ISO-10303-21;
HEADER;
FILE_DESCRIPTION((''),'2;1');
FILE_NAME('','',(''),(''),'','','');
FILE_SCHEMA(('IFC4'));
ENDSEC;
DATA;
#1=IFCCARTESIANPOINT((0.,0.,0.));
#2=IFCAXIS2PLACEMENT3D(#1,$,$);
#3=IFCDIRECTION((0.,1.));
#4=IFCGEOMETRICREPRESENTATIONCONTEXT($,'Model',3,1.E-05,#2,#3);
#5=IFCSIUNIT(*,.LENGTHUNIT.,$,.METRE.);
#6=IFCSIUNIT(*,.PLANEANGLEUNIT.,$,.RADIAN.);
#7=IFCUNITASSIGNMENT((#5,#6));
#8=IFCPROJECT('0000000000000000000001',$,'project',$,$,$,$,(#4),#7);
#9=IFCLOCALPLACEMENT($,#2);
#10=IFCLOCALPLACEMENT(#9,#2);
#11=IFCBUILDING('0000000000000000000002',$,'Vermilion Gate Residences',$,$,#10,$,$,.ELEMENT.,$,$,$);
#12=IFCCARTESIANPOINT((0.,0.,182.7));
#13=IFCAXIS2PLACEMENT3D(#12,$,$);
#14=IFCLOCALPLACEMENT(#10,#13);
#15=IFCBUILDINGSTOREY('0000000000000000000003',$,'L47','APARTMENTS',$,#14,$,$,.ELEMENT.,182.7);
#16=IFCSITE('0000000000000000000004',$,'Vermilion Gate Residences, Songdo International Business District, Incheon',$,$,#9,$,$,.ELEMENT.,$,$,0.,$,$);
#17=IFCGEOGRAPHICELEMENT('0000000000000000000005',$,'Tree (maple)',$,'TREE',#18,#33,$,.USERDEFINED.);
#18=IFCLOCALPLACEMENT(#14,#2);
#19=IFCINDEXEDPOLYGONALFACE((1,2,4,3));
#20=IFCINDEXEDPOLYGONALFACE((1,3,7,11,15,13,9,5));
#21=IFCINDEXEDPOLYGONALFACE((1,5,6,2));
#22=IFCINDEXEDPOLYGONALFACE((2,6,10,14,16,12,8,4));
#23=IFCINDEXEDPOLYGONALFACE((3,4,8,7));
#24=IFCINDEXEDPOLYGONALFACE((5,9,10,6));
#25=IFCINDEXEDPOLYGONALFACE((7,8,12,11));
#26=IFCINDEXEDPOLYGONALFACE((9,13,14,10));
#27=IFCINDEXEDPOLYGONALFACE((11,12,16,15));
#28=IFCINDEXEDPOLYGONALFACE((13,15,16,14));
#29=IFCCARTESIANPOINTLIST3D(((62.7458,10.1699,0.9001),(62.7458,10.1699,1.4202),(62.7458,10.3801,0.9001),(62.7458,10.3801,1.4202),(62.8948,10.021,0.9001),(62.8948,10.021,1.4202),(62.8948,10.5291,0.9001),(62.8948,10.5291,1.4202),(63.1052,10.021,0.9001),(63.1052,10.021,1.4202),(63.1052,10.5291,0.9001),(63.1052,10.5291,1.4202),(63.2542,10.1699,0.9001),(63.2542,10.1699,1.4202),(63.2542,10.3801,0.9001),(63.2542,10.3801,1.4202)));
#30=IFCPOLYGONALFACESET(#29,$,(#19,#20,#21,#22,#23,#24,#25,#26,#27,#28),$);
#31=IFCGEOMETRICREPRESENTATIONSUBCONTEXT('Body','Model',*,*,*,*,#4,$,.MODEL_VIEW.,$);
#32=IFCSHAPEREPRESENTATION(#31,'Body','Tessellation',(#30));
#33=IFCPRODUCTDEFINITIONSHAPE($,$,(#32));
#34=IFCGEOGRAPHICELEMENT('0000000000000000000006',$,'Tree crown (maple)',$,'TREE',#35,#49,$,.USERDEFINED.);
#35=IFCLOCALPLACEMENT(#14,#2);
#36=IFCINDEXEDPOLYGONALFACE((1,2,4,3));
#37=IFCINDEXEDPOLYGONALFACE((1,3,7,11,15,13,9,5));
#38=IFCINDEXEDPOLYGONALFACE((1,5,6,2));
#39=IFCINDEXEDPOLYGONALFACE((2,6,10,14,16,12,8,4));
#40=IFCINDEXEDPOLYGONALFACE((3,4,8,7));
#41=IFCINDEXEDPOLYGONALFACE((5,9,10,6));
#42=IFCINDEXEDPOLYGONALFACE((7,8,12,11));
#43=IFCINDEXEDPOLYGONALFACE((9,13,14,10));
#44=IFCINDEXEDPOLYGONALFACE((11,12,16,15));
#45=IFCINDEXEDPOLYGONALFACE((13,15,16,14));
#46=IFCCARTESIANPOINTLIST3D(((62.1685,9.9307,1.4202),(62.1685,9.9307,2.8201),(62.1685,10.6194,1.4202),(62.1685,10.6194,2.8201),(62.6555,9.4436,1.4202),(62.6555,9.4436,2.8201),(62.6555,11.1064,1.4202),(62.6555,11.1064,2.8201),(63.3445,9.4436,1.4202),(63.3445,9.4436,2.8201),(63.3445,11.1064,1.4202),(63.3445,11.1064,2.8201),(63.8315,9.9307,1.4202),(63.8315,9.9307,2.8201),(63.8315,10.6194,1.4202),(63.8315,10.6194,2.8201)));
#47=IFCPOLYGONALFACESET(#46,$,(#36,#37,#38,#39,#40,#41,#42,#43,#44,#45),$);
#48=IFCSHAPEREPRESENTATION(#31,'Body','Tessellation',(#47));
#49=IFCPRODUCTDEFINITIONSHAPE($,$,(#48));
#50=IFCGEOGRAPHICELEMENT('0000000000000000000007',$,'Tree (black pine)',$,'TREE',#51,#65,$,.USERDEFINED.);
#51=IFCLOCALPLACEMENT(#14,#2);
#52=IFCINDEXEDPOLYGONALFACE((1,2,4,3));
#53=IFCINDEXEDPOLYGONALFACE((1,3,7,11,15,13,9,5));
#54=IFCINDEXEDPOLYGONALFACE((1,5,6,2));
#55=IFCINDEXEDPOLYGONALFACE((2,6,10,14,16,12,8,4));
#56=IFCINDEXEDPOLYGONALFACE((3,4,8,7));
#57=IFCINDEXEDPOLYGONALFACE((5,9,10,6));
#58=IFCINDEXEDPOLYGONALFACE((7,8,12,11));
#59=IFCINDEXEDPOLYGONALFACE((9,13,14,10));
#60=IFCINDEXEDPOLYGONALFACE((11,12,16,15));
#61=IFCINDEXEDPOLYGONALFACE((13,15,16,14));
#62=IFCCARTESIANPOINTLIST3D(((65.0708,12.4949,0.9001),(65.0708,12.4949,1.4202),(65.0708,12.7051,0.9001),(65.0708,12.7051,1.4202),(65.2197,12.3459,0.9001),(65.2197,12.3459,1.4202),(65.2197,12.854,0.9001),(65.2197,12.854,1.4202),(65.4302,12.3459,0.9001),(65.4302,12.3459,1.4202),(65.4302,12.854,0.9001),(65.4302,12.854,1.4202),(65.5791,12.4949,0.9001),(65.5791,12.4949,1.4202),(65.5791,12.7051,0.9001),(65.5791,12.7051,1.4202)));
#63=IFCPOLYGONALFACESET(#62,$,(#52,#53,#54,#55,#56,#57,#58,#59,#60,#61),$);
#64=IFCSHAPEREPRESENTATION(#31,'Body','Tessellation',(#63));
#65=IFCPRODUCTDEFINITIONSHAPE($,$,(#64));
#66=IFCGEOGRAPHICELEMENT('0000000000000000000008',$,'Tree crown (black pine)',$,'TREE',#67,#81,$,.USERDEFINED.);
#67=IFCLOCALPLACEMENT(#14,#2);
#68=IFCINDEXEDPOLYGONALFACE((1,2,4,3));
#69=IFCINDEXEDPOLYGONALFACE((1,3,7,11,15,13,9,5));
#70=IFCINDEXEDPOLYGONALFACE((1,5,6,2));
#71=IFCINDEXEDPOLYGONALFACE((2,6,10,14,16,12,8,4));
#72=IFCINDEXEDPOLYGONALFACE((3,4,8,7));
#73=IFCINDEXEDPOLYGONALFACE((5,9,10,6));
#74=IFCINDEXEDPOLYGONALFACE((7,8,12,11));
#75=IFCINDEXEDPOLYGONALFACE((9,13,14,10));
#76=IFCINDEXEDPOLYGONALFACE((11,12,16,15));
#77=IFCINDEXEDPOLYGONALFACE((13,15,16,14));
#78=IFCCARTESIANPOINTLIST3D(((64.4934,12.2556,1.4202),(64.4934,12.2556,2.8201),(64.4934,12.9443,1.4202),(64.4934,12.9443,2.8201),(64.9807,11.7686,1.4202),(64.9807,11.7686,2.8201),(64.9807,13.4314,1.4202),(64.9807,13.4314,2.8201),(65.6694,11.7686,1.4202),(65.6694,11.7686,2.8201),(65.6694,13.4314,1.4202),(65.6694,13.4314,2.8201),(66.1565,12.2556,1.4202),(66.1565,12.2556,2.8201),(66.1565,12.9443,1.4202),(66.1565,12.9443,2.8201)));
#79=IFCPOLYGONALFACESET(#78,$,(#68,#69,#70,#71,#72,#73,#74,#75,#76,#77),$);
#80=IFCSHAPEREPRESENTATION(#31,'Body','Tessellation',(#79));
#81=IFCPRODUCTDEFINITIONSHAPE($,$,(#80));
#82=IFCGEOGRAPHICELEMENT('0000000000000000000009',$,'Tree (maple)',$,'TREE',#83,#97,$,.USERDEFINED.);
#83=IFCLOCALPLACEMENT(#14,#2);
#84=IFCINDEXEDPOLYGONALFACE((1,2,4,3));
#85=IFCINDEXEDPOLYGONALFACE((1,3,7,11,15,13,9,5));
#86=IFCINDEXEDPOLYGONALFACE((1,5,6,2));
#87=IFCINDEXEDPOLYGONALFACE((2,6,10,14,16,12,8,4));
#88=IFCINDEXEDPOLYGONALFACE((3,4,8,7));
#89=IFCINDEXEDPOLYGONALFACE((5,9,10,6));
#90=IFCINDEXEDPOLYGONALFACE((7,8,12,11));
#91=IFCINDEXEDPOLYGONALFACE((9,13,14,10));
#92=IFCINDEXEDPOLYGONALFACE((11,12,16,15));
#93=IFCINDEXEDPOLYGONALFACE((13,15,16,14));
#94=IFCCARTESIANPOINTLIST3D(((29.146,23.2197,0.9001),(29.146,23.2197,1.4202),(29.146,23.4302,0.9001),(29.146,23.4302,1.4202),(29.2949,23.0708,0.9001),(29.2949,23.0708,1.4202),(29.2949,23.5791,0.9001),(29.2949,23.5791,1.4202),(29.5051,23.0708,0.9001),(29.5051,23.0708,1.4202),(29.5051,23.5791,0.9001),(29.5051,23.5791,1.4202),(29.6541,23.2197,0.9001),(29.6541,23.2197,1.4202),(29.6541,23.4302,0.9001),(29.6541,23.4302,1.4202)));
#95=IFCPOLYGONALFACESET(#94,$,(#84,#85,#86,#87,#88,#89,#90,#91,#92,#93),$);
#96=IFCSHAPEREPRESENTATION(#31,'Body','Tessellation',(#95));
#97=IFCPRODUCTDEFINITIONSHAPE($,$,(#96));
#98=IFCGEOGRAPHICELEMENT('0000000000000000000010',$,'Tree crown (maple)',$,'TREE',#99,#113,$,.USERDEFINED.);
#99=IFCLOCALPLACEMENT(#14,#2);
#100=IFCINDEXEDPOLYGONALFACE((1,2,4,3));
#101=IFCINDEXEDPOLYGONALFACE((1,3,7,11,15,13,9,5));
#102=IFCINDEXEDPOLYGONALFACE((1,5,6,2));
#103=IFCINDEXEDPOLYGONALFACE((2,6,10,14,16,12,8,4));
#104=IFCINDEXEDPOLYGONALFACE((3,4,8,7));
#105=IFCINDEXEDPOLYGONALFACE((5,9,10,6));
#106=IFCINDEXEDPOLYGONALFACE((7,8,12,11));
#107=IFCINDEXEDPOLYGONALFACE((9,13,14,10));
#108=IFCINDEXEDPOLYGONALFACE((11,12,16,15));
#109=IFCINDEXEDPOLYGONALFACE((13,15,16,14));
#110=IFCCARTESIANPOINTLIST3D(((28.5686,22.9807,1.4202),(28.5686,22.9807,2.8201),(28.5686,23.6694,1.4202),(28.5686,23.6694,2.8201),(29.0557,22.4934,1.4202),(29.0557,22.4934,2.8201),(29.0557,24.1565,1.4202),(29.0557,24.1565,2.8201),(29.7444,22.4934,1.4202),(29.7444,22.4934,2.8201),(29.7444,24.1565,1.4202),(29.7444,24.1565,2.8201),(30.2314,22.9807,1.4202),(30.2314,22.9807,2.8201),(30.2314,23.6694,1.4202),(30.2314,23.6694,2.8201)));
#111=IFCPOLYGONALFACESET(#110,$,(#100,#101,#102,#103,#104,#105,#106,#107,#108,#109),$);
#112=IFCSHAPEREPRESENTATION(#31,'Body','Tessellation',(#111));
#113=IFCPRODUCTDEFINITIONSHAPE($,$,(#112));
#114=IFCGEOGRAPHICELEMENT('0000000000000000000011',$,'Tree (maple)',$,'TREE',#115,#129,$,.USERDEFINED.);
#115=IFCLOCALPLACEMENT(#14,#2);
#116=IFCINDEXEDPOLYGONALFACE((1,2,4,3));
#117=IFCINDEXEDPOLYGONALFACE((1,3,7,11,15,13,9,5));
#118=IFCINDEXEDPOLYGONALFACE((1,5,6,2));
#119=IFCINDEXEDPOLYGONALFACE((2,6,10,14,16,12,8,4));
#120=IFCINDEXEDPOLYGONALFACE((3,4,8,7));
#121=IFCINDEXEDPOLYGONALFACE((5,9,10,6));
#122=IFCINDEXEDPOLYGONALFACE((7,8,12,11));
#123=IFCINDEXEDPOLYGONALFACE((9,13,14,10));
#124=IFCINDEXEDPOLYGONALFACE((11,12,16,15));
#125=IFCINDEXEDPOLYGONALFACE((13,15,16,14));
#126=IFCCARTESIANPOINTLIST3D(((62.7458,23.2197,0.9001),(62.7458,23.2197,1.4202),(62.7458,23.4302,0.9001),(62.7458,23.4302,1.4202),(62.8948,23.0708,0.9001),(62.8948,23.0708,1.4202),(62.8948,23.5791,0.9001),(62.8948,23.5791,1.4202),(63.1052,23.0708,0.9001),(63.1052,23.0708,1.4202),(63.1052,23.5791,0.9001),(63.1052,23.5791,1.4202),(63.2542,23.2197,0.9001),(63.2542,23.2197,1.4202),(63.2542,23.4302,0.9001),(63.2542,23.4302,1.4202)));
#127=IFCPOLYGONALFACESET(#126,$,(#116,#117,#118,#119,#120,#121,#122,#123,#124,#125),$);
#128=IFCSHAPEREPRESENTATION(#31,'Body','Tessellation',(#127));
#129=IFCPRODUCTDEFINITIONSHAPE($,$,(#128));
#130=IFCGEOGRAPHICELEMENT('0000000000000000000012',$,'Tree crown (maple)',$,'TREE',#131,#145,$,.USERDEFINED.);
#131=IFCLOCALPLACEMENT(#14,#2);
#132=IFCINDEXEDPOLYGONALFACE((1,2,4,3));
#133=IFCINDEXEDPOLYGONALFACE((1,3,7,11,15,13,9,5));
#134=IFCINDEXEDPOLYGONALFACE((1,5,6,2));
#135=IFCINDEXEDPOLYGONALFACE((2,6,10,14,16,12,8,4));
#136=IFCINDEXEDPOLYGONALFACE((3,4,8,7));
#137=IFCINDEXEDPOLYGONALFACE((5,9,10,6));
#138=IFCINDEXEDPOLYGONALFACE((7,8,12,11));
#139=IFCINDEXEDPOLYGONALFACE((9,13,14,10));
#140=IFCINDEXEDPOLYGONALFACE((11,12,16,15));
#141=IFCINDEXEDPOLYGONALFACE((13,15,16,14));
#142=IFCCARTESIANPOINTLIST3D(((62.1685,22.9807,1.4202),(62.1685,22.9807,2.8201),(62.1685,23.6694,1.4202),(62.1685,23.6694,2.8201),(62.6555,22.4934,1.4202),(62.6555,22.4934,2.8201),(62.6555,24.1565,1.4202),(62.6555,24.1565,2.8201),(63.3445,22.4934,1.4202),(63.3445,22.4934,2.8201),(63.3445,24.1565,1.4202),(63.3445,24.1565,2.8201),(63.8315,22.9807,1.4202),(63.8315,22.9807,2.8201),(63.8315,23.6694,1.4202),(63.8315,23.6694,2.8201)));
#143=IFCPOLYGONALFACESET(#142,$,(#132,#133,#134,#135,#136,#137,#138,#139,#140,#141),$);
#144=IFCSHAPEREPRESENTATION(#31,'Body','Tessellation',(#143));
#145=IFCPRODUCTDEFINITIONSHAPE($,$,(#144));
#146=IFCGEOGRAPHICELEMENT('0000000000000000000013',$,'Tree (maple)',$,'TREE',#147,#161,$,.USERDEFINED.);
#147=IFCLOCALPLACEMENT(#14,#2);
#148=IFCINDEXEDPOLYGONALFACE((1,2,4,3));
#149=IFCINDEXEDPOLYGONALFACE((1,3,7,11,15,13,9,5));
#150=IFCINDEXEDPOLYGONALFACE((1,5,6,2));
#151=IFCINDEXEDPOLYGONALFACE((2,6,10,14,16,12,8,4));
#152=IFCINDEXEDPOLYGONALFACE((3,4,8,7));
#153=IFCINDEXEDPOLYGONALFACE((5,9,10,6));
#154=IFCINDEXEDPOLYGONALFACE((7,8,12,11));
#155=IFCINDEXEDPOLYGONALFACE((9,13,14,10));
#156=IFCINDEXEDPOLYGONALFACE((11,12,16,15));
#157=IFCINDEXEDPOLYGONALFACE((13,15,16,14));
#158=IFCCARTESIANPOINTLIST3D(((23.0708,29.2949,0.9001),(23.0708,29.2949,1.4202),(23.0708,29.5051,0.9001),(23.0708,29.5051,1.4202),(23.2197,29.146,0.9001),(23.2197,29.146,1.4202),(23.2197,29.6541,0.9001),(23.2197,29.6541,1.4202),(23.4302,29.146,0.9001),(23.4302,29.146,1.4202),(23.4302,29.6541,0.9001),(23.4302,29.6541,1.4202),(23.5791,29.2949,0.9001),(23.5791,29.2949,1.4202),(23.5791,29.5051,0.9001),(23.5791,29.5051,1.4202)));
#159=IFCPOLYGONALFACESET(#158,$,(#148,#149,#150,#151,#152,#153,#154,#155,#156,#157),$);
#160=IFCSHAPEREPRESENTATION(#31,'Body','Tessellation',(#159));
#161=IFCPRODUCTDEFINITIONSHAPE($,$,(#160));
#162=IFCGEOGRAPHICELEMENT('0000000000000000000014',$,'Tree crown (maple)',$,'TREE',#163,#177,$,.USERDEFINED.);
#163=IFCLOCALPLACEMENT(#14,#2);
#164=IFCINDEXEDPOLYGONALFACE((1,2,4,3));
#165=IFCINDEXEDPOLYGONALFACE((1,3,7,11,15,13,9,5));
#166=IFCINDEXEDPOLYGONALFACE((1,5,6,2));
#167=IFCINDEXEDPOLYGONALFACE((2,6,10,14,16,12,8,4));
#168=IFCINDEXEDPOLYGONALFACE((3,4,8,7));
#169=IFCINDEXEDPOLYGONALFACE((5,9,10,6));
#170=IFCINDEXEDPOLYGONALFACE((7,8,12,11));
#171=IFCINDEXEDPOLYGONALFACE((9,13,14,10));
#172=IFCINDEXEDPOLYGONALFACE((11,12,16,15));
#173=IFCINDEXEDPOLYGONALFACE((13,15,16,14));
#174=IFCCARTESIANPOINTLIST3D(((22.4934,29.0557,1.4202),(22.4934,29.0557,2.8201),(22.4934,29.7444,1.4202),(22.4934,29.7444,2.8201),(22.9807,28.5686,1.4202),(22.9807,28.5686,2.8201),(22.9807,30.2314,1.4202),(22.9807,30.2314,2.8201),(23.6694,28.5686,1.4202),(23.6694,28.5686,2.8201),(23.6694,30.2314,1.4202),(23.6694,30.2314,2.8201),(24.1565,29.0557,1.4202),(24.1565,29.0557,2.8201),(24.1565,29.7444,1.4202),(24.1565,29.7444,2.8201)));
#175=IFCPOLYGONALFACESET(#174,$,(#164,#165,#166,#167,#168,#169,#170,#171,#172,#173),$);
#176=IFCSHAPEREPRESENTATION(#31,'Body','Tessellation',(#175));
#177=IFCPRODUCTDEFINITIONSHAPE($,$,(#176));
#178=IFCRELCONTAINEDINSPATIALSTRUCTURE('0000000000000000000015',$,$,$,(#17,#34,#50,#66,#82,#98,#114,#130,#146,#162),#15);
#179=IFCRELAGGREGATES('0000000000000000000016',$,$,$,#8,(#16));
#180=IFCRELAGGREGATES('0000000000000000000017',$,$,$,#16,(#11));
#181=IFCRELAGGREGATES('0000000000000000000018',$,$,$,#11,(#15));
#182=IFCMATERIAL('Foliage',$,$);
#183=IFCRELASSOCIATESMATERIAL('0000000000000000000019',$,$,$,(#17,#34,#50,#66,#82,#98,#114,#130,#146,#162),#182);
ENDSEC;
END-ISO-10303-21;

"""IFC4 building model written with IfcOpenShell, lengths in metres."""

from ifc_helpers import new_model, si_unit, direction, frame, origin, place, context, subcontext, project, spatial, polyline, outline, extrude, material, element, save


model = new_model("IFC4")

# Units and contexts
model_context = context("Model", 3, precision=1e-05, world=origin(), true_north=direction((0.0, 1.0)))
body_context = subcontext(model_context, "Body", "Model", "MODEL_VIEW")
ifc_project = project(units=[si_unit("LENGTHUNIT", "METRE"), si_unit("PLANEANGLEUNIT", "RADIAN")], contexts=[model_context])

# Site, building, storey
site_placement = place(None, origin())
site = spatial("IfcSite", under=ifc_project, at=site_placement, Name="Vermilion Gate Residences, Songdo International Business District, Incheon", CompositionType="ELEMENT", RefElevation=0.0)
building_placement = place(site_placement, origin())
building = spatial("IfcBuilding", under=site, at=building_placement, Name="Vermilion Gate Residences", CompositionType="ELEMENT")
storey_placement = place(building_placement, frame((0.0, 0.0, 182.7)))
storey = spatial("IfcBuildingStorey", under=building, at=storey_placement, Name="L47", Description="APARTMENTS", CompositionType="ELEMENT", Elevation=182.7)

# Geographic elements
ifc_material_1 = material(Name="Foliage")
geographic_element_1_placement = place(storey_placement, frame((0.0, 0.0, 0.9001)))
element("IfcGeographicElement", 1, at=geographic_element_1_placement, inside=storey, material=ifc_material_1, Name="Tree (maple)", ObjectType="TREE", PredefinedType="USERDEFINED", context=body_context, shape_type="SweptSolid", body=[
    extrude(outline(polyline([(63.2542, 10.3801), (63.1052, 10.5291), (62.8948, 10.5291), (62.7458, 10.3801), (62.7458, 10.1699), (62.8948, 10.021), (63.1052, 10.021), (63.2542, 10.1699), (63.2542, 10.3801)])), origin(), (0.0, 0.0, 1.0), 0.52),
])
geographic_element_2_placement = place(storey_placement, frame((0.0, 0.0, 1.4202)))
element("IfcGeographicElement", 2, at=geographic_element_2_placement, inside=storey, material=ifc_material_1, Name="Tree crown (maple)", ObjectType="TREE", PredefinedType="USERDEFINED", context=body_context, shape_type="SweptSolid", body=[
    extrude(outline(polyline([(63.8315, 10.6194), (63.3445, 11.1064), (62.6555, 11.1064), (62.1685, 10.6194), (62.1685, 9.9307), (62.6555, 9.4436), (63.3445, 9.4436), (63.8315, 9.9307), (63.8315, 10.6194)])), origin(), (0.0, 0.0, 1.0), 1.3999),
])
geographic_element_3_placement = place(storey_placement, frame((0.0, 0.0, 0.9001)))
element("IfcGeographicElement", 3, at=geographic_element_3_placement, inside=storey, material=ifc_material_1, Name="Tree (black pine)", ObjectType="TREE", PredefinedType="USERDEFINED", context=body_context, shape_type="SweptSolid", body=[
    extrude(outline(polyline([(65.5791, 12.7051), (65.4302, 12.854), (65.2197, 12.854), (65.0708, 12.7051), (65.0708, 12.4949), (65.2197, 12.3459), (65.4302, 12.3459), (65.5791, 12.4949), (65.5791, 12.7051)])), origin(), (0.0, 0.0, 1.0), 0.52),
])
geographic_element_4_placement = place(storey_placement, frame((0.0, 0.0, 1.4202)))
element("IfcGeographicElement", 4, at=geographic_element_4_placement, inside=storey, material=ifc_material_1, Name="Tree crown (black pine)", ObjectType="TREE", PredefinedType="USERDEFINED", context=body_context, shape_type="SweptSolid", body=[
    extrude(outline(polyline([(66.1565, 12.9443), (65.6694, 13.4314), (64.9807, 13.4314), (64.4934, 12.9443), (64.4934, 12.2556), (64.9807, 11.7686), (65.6694, 11.7686), (66.1565, 12.2556), (66.1565, 12.9443)])), origin(), (0.0, 0.0, 1.0), 1.3999),
])
geographic_element_5_placement = place(storey_placement, frame((0.0, 0.0, 0.9001)))
element("IfcGeographicElement", 5, at=geographic_element_5_placement, inside=storey, material=ifc_material_1, Name="Tree (maple)", ObjectType="TREE", PredefinedType="USERDEFINED", context=body_context, shape_type="SweptSolid", body=[
    extrude(outline(polyline([(29.6541, 23.4302), (29.5051, 23.5791), (29.2949, 23.5791), (29.146, 23.4302), (29.146, 23.2197), (29.2949, 23.0708), (29.5051, 23.0708), (29.6541, 23.2197), (29.6541, 23.4302)])), origin(), (0.0, 0.0, 1.0), 0.52),
])
geographic_element_6_placement = place(storey_placement, frame((0.0, 0.0, 1.4202)))
element("IfcGeographicElement", 6, at=geographic_element_6_placement, inside=storey, material=ifc_material_1, Name="Tree crown (maple)", ObjectType="TREE", PredefinedType="USERDEFINED", context=body_context, shape_type="SweptSolid", body=[
    extrude(outline(polyline([(30.2314, 23.6694), (29.7444, 24.1565), (29.0557, 24.1565), (28.5686, 23.6694), (28.5686, 22.9807), (29.0557, 22.4934), (29.7444, 22.4934), (30.2314, 22.9807), (30.2314, 23.6694)])), origin(), (0.0, 0.0, 1.0), 1.3999),
])
geographic_element_7_placement = place(storey_placement, frame((0.0, 0.0, 0.9001)))
element("IfcGeographicElement", 7, at=geographic_element_7_placement, inside=storey, material=ifc_material_1, Name="Tree (maple)", ObjectType="TREE", PredefinedType="USERDEFINED", context=body_context, shape_type="SweptSolid", body=[
    extrude(outline(polyline([(63.2542, 23.4302), (63.1052, 23.5791), (62.8948, 23.5791), (62.7458, 23.4302), (62.7458, 23.2197), (62.8948, 23.0708), (63.1052, 23.0708), (63.2542, 23.2197), (63.2542, 23.4302)])), origin(), (0.0, 0.0, 1.0), 0.52),
])
geographic_element_8_placement = place(storey_placement, frame((0.0, 0.0, 1.4202)))
element("IfcGeographicElement", 8, at=geographic_element_8_placement, inside=storey, material=ifc_material_1, Name="Tree crown (maple)", ObjectType="TREE", PredefinedType="USERDEFINED", context=body_context, shape_type="SweptSolid", body=[
    extrude(outline(polyline([(63.8315, 23.6694), (63.3445, 24.1565), (62.6555, 24.1565), (62.1685, 23.6694), (62.1685, 22.9807), (62.6555, 22.4934), (63.3445, 22.4934), (63.8315, 22.9807), (63.8315, 23.6694)])), origin(), (0.0, 0.0, 1.0), 1.3999),
])
geographic_element_9_placement = place(storey_placement, frame((0.0, 0.0, 0.9001)))
element("IfcGeographicElement", 9, at=geographic_element_9_placement, inside=storey, material=ifc_material_1, Name="Tree (maple)", ObjectType="TREE", PredefinedType="USERDEFINED", context=body_context, shape_type="SweptSolid", body=[
    extrude(outline(polyline([(23.5791, 29.5051), (23.4302, 29.6541), (23.2197, 29.6541), (23.0708, 29.5051), (23.0708, 29.2949), (23.2197, 29.146), (23.4302, 29.146), (23.5791, 29.2949), (23.5791, 29.5051)])), origin(), (0.0, 0.0, 1.0), 0.52),
])
geographic_element_10_placement = place(storey_placement, frame((0.0, 0.0, 1.4202)))
element("IfcGeographicElement", 10, at=geographic_element_10_placement, inside=storey, material=ifc_material_1, Name="Tree crown (maple)", ObjectType="TREE", PredefinedType="USERDEFINED", context=body_context, shape_type="SweptSolid", body=[
    extrude(outline(polyline([(24.1565, 29.7444), (23.6694, 30.2314), (22.9807, 30.2314), (22.4934, 29.7444), (22.4934, 29.0557), (22.9807, 28.5686), (23.6694, 28.5686), (24.1565, 29.0557), (24.1565, 29.7444)])), origin(), (0.0, 0.0, 1.0), 1.3999),
])

save(model, "model.ifc")
